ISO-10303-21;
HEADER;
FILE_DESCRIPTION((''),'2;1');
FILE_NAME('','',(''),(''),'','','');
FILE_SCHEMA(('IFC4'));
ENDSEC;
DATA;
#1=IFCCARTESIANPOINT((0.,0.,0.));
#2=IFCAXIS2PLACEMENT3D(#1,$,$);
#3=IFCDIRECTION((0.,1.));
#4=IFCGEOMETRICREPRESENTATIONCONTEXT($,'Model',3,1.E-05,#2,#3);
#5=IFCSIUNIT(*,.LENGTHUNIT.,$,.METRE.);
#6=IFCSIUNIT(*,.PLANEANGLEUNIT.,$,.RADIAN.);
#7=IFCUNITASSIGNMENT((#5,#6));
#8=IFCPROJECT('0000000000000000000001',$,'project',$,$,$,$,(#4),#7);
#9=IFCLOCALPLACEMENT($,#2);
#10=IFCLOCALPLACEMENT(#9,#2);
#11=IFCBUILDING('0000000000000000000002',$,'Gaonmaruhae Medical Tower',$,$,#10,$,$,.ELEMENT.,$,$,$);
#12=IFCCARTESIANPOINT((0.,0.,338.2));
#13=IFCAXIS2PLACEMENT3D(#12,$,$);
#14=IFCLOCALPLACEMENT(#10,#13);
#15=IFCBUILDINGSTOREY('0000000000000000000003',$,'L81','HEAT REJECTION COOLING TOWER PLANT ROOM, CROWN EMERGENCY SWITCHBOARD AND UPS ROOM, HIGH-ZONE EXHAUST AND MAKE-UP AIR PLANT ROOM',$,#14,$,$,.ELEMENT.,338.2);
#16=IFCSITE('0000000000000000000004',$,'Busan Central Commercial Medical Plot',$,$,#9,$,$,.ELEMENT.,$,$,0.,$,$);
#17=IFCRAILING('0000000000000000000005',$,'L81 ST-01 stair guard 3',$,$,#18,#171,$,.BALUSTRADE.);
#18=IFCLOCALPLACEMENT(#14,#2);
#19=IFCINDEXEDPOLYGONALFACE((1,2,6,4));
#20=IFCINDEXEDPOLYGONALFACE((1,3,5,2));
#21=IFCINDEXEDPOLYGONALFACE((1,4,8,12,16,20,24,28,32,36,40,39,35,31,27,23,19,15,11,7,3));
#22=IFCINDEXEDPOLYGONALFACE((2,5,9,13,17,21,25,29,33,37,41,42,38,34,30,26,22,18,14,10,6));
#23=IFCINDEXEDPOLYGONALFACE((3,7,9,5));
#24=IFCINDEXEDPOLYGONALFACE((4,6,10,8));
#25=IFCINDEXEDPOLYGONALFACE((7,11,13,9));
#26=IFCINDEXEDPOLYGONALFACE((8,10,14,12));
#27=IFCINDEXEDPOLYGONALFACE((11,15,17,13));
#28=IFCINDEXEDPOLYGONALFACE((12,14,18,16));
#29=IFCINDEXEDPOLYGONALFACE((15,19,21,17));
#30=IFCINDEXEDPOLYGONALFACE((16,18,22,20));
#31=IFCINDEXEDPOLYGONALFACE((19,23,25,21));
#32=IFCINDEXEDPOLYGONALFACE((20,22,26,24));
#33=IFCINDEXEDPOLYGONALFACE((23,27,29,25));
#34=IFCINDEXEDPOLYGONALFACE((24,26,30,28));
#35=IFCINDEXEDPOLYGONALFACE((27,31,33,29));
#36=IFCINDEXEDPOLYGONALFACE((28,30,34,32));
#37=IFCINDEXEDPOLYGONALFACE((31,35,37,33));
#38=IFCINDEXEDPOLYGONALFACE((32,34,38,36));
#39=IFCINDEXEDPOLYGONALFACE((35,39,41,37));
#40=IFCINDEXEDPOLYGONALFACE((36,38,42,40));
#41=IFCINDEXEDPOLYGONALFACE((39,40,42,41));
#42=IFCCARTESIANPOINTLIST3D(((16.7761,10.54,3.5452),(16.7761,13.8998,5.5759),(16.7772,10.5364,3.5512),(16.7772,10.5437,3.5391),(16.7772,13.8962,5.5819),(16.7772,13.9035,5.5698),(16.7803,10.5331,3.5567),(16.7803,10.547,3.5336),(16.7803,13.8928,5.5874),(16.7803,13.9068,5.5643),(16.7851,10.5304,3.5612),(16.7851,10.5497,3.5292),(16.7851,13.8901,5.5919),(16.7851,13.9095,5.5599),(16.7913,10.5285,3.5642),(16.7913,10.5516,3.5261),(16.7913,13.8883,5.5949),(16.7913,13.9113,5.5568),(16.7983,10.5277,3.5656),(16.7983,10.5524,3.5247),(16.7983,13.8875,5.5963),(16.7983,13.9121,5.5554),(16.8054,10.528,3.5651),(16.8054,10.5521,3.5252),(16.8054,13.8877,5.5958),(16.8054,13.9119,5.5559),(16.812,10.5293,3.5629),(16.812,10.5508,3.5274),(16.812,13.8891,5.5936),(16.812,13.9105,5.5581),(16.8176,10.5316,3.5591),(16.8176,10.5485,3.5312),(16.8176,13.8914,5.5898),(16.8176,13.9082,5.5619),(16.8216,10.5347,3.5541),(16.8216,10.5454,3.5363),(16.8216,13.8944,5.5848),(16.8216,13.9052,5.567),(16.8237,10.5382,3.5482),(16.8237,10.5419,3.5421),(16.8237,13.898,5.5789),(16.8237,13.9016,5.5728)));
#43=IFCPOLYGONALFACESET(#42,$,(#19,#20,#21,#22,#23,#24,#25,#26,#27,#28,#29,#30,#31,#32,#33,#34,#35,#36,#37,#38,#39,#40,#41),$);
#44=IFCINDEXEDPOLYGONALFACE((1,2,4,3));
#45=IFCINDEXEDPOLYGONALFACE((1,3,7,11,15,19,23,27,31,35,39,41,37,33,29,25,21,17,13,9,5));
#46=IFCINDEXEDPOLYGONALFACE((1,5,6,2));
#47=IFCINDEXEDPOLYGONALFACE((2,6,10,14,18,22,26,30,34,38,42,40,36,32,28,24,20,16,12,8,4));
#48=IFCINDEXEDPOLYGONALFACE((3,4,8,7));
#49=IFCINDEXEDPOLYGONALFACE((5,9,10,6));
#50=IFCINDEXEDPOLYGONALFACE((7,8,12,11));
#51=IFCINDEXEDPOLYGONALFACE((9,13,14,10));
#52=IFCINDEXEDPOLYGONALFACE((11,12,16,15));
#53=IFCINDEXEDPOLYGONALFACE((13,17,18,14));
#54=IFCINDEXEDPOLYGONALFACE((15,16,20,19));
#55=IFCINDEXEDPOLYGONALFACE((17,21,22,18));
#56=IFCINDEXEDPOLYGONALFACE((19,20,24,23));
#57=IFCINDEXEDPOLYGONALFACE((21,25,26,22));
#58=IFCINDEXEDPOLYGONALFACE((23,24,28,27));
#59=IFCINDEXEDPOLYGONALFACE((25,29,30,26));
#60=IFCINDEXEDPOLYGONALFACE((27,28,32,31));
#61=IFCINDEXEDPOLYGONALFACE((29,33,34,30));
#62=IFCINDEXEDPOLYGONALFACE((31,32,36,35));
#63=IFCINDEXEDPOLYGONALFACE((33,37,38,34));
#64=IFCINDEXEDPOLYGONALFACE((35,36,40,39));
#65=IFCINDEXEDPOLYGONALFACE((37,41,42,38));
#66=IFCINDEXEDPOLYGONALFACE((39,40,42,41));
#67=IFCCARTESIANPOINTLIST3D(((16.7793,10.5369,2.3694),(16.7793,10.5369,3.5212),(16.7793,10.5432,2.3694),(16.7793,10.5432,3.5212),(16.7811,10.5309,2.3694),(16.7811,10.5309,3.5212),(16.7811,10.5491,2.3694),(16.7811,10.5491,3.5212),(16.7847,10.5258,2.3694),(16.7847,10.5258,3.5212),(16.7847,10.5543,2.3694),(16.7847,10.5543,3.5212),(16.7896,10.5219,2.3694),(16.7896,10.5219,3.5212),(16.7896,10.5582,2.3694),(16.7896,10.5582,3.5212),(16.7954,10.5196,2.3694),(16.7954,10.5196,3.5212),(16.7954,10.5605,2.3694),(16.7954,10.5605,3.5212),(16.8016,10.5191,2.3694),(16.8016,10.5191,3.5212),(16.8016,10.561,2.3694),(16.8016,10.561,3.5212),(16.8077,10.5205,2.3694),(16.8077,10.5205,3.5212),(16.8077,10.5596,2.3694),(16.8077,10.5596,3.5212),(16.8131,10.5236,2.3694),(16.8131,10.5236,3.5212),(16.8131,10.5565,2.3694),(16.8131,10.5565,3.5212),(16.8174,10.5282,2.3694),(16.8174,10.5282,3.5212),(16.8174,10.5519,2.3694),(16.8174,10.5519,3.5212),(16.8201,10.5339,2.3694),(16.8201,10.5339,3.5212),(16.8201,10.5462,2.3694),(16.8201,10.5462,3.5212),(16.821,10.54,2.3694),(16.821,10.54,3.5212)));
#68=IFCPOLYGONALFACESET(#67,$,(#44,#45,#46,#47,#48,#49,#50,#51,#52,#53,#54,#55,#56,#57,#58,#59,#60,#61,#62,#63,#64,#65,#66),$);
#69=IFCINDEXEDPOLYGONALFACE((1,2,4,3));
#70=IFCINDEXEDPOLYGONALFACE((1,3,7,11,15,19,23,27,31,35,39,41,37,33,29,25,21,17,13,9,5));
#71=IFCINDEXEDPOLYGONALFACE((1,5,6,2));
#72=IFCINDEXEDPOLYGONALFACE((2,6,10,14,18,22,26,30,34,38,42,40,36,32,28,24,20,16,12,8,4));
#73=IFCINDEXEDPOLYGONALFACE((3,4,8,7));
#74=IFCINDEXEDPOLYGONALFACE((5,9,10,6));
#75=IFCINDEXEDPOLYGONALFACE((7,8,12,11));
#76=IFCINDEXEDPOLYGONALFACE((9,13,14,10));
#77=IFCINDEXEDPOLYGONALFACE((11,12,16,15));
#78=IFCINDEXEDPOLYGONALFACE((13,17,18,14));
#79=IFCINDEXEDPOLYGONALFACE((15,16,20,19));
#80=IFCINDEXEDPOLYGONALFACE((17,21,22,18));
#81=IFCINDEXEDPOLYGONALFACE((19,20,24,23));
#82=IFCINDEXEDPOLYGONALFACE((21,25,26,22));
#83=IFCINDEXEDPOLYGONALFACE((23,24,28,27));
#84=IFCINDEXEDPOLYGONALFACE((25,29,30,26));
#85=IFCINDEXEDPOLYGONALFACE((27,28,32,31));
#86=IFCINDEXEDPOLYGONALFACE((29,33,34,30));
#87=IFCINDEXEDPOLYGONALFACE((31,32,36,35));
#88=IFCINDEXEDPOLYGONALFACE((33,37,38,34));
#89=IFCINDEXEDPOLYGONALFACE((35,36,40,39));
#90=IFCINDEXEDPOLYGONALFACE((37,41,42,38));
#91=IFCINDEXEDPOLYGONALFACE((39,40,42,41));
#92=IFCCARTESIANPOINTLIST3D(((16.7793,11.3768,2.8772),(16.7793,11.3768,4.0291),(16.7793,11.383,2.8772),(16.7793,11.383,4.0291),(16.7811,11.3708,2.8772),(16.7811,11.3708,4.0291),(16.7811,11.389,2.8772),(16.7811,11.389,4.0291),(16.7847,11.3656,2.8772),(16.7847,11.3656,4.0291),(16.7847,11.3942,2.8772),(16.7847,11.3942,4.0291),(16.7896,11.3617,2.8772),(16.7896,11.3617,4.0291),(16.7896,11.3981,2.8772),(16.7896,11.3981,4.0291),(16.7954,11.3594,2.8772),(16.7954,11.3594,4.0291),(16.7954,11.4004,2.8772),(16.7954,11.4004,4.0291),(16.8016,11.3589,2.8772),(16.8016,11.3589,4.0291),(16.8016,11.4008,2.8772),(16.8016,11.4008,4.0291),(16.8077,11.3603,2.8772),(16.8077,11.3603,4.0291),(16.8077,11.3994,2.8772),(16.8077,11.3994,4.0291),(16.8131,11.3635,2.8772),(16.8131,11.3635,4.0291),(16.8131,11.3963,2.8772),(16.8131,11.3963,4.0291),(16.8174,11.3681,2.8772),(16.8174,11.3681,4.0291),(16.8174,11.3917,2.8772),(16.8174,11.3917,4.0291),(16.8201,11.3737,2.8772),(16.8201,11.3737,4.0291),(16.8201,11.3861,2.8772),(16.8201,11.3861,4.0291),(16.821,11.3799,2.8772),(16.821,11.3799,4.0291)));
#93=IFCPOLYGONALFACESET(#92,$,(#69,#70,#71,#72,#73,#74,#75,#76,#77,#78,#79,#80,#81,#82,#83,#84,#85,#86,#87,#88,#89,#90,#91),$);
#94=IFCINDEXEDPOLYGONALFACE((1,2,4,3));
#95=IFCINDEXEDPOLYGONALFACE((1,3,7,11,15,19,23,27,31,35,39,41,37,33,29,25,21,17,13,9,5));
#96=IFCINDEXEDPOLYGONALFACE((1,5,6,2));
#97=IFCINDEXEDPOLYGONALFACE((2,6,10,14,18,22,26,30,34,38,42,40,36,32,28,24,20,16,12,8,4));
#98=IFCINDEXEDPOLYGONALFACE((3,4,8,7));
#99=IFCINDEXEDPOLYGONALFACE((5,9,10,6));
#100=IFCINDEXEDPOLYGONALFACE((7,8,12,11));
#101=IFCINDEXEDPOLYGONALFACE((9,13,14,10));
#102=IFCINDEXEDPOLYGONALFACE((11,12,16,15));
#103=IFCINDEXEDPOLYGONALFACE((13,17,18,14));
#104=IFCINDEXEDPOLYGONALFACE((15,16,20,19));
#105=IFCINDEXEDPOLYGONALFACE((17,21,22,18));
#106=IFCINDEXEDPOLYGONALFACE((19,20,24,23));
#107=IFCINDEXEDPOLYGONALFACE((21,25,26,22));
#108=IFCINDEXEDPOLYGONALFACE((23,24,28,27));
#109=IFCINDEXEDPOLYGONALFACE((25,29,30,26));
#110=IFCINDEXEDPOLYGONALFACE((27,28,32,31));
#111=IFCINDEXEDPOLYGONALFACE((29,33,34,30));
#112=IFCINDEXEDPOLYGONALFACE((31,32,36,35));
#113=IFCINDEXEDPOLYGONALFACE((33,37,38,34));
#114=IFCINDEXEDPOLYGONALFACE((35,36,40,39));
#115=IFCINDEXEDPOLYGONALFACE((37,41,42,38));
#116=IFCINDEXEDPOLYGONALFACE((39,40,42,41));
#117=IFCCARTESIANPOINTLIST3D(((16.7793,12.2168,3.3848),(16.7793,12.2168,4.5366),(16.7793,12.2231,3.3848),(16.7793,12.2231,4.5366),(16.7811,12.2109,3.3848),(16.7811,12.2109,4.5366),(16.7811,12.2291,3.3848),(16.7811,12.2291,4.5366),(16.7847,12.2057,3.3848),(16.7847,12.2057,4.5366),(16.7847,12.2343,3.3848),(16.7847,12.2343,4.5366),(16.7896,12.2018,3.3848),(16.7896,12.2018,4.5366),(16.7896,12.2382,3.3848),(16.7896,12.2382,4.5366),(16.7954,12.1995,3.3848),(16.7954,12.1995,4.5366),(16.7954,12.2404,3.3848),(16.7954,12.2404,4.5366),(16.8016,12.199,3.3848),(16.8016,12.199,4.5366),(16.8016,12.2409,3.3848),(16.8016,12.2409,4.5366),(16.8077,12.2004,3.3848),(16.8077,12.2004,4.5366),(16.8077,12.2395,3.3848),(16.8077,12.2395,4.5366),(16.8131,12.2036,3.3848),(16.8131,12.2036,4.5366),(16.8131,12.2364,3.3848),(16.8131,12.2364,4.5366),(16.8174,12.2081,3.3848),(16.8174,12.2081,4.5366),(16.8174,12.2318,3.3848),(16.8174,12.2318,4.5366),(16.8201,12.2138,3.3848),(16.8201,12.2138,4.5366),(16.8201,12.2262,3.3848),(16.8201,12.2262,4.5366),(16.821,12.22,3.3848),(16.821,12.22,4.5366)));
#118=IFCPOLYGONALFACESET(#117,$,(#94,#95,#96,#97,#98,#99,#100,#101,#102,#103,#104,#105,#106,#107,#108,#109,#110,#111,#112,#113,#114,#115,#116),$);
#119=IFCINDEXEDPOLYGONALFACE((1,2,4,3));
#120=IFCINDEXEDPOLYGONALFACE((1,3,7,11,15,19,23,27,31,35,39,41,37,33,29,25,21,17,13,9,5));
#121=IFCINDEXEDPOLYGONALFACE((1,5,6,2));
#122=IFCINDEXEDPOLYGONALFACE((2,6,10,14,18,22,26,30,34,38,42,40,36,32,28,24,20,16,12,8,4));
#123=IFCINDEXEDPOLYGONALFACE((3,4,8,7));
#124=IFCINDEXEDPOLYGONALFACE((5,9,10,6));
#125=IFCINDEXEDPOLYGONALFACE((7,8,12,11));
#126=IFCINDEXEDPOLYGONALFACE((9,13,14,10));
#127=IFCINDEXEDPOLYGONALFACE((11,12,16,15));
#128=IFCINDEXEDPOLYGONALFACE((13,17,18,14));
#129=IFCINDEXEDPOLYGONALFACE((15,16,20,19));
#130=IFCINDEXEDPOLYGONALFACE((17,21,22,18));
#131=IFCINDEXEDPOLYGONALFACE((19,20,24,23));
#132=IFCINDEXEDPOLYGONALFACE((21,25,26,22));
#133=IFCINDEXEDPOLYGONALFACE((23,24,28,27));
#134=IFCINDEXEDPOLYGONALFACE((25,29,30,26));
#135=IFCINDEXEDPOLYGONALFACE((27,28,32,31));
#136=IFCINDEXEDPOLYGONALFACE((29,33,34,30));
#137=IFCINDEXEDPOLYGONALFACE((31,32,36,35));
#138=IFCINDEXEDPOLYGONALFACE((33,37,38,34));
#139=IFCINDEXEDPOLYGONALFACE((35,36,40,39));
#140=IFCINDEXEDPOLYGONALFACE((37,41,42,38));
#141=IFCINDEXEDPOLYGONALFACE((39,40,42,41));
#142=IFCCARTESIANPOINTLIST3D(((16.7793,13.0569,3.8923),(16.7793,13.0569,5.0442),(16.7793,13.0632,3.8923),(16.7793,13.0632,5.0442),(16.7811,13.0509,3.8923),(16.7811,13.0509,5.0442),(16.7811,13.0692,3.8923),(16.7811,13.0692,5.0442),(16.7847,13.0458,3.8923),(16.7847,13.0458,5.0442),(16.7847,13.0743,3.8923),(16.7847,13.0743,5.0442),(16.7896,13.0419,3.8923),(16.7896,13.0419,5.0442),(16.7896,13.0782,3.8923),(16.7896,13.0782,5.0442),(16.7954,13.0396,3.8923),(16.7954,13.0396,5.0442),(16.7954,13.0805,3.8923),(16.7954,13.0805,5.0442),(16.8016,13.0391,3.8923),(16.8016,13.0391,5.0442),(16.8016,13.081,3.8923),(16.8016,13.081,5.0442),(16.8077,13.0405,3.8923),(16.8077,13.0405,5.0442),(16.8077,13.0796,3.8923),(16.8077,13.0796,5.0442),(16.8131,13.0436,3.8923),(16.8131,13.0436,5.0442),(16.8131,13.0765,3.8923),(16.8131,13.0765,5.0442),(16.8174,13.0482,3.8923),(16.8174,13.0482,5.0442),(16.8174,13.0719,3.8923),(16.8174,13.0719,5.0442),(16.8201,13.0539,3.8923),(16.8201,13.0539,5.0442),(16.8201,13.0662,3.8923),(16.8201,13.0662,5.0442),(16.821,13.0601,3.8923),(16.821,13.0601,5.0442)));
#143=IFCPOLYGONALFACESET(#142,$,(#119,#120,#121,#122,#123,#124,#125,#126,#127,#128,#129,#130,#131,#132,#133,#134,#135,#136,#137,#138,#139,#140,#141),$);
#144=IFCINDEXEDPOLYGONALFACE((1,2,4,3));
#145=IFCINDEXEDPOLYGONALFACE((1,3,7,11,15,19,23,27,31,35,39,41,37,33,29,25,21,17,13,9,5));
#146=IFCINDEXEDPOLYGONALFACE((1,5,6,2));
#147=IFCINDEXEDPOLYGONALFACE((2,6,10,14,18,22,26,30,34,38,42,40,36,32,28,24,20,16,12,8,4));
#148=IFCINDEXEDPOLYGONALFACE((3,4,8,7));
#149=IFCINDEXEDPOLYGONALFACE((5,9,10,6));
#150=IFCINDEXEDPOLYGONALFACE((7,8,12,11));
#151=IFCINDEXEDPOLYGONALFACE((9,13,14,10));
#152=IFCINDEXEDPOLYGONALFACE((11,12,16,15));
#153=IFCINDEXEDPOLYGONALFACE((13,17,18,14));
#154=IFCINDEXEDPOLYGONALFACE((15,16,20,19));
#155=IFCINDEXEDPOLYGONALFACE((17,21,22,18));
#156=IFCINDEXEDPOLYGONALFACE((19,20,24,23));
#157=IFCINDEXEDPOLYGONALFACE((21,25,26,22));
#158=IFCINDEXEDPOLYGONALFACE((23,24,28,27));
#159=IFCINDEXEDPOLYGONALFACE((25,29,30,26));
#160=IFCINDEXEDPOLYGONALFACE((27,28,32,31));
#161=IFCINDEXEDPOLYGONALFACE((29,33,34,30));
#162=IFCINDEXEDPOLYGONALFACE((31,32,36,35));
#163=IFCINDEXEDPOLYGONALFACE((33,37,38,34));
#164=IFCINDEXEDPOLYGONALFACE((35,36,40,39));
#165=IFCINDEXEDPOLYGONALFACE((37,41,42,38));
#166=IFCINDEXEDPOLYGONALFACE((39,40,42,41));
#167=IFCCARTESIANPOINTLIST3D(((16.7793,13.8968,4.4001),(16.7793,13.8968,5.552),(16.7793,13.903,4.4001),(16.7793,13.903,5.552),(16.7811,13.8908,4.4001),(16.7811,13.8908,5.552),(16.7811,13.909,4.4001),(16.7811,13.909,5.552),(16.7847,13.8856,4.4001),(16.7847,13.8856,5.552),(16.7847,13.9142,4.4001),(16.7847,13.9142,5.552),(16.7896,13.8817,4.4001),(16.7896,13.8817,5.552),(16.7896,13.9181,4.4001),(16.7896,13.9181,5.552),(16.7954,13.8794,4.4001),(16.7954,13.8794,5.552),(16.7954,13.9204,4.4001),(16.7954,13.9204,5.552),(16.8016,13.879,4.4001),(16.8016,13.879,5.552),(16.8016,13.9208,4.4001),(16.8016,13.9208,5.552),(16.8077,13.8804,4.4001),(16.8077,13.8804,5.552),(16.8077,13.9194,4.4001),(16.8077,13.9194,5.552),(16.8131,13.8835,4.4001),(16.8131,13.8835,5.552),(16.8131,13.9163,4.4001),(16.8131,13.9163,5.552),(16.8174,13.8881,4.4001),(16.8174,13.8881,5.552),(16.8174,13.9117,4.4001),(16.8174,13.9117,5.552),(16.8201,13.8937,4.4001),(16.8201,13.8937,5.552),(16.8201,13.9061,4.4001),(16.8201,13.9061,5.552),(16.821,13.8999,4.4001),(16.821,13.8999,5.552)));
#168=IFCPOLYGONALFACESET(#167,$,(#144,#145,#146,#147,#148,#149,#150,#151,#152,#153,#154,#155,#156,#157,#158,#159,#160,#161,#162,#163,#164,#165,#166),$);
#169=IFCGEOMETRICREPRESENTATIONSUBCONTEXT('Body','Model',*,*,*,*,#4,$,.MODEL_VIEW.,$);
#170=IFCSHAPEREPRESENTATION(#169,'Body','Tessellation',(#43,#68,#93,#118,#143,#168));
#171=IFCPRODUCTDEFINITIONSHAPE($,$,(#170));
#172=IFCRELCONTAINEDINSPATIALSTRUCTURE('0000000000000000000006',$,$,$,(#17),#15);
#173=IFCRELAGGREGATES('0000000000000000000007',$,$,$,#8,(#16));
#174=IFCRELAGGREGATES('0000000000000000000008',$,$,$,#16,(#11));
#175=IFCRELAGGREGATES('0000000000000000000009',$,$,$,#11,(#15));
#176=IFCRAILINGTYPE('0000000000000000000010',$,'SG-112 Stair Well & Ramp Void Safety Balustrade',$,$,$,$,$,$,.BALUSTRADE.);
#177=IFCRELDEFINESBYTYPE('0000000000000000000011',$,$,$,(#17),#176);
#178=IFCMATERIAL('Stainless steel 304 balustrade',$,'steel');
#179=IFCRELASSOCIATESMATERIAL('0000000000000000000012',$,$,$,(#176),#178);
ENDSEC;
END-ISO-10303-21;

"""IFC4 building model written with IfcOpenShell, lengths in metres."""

from ifc_helpers import new_model, si_unit, direction, frame, origin, origin_2d, place, context, subcontext, project, spatial, circle, extrude, material, type_object, element, save


model = new_model("IFC4")

# Units and contexts
model_context = context("Model", 3, precision=1e-05, world=origin(), true_north=direction((0.0, 1.0)))
body_context = subcontext(model_context, "Body", "Model", "MODEL_VIEW")
ifc_project = project(units=[si_unit("LENGTHUNIT", "METRE"), si_unit("PLANEANGLEUNIT", "RADIAN")], contexts=[model_context])

# Site, building, storey
site_placement = place(None, origin())
site = spatial("IfcSite", under=ifc_project, at=site_placement, Name="Busan Central Commercial Medical Plot", CompositionType="ELEMENT", RefElevation=0.0)
building_placement = place(site_placement, origin())
building = spatial("IfcBuilding", under=site, at=building_placement, Name="Gaonmaruhae Medical Tower", CompositionType="ELEMENT")
storey_placement = place(building_placement, frame((0.0, 0.0, 338.2)))
storey = spatial("IfcBuildingStorey", under=building, at=storey_placement, Name="L81", Description="HEAT REJECTION COOLING TOWER PLANT ROOM, CROWN EMERGENCY SWITCHBOARD AND UPS ROOM, HIGH-ZONE EXHAUST AND MAKE-UP AIR PLANT ROOM", CompositionType="ELEMENT", Elevation=338.2)

# Railing
ifc_material_1 = material(Name="Stainless steel 304 balustrade", Category="steel")
railing_type_1 = type_object("IfcRailingType", Name="SG-112 Stair Well & Ramp Void Safety Balustrade", PredefinedType="BALUSTRADE", material=ifc_material_1)
railing_1_placement = place(storey_placement, frame((16.8, 10.54, 2.3694)))
element("IfcRailing", 1, at=railing_1_placement, inside=storey, type_object=railing_type_1, Name="L81 ST-01 stair guard 3", PredefinedType="BALUSTRADE", context=body_context, shape_type="SweptSolid", body=[
    extrude(circle(Radius=0.0239, at=origin_2d()), frame((0.0, 0.0, 1.1758), z_axis=(0.0, 0.85582, 0.517273), x_axis=(-1.0, 0.0, 0.0)), (0.0, 0.0, 1.0), 3.9258),
    extrude(circle(Radius=0.021, at=origin_2d()), origin(), (0.0, 0.0, 1.0), 1.1519),
    extrude(circle(Radius=0.021, at=origin_2d()), frame((0.0, 0.8398, 0.5078)), (0.0, 0.0, 1.0), 1.1519),
    extrude(circle(Radius=0.021, at=origin_2d()), frame((0.0, 1.6799, 1.0154)), (0.0, 0.0, 1.0), 1.1519),
    extrude(circle(Radius=0.021, at=origin_2d()), frame((0.0, 2.52, 1.5229)), (0.0, 0.0, 1.0), 1.1519),
    extrude(circle(Radius=0.021, at=origin_2d()), frame((0.0, 3.3599, 2.0308)), (0.0, 0.0, 1.0), 1.1519),
])

save(model, "model.ifc")
